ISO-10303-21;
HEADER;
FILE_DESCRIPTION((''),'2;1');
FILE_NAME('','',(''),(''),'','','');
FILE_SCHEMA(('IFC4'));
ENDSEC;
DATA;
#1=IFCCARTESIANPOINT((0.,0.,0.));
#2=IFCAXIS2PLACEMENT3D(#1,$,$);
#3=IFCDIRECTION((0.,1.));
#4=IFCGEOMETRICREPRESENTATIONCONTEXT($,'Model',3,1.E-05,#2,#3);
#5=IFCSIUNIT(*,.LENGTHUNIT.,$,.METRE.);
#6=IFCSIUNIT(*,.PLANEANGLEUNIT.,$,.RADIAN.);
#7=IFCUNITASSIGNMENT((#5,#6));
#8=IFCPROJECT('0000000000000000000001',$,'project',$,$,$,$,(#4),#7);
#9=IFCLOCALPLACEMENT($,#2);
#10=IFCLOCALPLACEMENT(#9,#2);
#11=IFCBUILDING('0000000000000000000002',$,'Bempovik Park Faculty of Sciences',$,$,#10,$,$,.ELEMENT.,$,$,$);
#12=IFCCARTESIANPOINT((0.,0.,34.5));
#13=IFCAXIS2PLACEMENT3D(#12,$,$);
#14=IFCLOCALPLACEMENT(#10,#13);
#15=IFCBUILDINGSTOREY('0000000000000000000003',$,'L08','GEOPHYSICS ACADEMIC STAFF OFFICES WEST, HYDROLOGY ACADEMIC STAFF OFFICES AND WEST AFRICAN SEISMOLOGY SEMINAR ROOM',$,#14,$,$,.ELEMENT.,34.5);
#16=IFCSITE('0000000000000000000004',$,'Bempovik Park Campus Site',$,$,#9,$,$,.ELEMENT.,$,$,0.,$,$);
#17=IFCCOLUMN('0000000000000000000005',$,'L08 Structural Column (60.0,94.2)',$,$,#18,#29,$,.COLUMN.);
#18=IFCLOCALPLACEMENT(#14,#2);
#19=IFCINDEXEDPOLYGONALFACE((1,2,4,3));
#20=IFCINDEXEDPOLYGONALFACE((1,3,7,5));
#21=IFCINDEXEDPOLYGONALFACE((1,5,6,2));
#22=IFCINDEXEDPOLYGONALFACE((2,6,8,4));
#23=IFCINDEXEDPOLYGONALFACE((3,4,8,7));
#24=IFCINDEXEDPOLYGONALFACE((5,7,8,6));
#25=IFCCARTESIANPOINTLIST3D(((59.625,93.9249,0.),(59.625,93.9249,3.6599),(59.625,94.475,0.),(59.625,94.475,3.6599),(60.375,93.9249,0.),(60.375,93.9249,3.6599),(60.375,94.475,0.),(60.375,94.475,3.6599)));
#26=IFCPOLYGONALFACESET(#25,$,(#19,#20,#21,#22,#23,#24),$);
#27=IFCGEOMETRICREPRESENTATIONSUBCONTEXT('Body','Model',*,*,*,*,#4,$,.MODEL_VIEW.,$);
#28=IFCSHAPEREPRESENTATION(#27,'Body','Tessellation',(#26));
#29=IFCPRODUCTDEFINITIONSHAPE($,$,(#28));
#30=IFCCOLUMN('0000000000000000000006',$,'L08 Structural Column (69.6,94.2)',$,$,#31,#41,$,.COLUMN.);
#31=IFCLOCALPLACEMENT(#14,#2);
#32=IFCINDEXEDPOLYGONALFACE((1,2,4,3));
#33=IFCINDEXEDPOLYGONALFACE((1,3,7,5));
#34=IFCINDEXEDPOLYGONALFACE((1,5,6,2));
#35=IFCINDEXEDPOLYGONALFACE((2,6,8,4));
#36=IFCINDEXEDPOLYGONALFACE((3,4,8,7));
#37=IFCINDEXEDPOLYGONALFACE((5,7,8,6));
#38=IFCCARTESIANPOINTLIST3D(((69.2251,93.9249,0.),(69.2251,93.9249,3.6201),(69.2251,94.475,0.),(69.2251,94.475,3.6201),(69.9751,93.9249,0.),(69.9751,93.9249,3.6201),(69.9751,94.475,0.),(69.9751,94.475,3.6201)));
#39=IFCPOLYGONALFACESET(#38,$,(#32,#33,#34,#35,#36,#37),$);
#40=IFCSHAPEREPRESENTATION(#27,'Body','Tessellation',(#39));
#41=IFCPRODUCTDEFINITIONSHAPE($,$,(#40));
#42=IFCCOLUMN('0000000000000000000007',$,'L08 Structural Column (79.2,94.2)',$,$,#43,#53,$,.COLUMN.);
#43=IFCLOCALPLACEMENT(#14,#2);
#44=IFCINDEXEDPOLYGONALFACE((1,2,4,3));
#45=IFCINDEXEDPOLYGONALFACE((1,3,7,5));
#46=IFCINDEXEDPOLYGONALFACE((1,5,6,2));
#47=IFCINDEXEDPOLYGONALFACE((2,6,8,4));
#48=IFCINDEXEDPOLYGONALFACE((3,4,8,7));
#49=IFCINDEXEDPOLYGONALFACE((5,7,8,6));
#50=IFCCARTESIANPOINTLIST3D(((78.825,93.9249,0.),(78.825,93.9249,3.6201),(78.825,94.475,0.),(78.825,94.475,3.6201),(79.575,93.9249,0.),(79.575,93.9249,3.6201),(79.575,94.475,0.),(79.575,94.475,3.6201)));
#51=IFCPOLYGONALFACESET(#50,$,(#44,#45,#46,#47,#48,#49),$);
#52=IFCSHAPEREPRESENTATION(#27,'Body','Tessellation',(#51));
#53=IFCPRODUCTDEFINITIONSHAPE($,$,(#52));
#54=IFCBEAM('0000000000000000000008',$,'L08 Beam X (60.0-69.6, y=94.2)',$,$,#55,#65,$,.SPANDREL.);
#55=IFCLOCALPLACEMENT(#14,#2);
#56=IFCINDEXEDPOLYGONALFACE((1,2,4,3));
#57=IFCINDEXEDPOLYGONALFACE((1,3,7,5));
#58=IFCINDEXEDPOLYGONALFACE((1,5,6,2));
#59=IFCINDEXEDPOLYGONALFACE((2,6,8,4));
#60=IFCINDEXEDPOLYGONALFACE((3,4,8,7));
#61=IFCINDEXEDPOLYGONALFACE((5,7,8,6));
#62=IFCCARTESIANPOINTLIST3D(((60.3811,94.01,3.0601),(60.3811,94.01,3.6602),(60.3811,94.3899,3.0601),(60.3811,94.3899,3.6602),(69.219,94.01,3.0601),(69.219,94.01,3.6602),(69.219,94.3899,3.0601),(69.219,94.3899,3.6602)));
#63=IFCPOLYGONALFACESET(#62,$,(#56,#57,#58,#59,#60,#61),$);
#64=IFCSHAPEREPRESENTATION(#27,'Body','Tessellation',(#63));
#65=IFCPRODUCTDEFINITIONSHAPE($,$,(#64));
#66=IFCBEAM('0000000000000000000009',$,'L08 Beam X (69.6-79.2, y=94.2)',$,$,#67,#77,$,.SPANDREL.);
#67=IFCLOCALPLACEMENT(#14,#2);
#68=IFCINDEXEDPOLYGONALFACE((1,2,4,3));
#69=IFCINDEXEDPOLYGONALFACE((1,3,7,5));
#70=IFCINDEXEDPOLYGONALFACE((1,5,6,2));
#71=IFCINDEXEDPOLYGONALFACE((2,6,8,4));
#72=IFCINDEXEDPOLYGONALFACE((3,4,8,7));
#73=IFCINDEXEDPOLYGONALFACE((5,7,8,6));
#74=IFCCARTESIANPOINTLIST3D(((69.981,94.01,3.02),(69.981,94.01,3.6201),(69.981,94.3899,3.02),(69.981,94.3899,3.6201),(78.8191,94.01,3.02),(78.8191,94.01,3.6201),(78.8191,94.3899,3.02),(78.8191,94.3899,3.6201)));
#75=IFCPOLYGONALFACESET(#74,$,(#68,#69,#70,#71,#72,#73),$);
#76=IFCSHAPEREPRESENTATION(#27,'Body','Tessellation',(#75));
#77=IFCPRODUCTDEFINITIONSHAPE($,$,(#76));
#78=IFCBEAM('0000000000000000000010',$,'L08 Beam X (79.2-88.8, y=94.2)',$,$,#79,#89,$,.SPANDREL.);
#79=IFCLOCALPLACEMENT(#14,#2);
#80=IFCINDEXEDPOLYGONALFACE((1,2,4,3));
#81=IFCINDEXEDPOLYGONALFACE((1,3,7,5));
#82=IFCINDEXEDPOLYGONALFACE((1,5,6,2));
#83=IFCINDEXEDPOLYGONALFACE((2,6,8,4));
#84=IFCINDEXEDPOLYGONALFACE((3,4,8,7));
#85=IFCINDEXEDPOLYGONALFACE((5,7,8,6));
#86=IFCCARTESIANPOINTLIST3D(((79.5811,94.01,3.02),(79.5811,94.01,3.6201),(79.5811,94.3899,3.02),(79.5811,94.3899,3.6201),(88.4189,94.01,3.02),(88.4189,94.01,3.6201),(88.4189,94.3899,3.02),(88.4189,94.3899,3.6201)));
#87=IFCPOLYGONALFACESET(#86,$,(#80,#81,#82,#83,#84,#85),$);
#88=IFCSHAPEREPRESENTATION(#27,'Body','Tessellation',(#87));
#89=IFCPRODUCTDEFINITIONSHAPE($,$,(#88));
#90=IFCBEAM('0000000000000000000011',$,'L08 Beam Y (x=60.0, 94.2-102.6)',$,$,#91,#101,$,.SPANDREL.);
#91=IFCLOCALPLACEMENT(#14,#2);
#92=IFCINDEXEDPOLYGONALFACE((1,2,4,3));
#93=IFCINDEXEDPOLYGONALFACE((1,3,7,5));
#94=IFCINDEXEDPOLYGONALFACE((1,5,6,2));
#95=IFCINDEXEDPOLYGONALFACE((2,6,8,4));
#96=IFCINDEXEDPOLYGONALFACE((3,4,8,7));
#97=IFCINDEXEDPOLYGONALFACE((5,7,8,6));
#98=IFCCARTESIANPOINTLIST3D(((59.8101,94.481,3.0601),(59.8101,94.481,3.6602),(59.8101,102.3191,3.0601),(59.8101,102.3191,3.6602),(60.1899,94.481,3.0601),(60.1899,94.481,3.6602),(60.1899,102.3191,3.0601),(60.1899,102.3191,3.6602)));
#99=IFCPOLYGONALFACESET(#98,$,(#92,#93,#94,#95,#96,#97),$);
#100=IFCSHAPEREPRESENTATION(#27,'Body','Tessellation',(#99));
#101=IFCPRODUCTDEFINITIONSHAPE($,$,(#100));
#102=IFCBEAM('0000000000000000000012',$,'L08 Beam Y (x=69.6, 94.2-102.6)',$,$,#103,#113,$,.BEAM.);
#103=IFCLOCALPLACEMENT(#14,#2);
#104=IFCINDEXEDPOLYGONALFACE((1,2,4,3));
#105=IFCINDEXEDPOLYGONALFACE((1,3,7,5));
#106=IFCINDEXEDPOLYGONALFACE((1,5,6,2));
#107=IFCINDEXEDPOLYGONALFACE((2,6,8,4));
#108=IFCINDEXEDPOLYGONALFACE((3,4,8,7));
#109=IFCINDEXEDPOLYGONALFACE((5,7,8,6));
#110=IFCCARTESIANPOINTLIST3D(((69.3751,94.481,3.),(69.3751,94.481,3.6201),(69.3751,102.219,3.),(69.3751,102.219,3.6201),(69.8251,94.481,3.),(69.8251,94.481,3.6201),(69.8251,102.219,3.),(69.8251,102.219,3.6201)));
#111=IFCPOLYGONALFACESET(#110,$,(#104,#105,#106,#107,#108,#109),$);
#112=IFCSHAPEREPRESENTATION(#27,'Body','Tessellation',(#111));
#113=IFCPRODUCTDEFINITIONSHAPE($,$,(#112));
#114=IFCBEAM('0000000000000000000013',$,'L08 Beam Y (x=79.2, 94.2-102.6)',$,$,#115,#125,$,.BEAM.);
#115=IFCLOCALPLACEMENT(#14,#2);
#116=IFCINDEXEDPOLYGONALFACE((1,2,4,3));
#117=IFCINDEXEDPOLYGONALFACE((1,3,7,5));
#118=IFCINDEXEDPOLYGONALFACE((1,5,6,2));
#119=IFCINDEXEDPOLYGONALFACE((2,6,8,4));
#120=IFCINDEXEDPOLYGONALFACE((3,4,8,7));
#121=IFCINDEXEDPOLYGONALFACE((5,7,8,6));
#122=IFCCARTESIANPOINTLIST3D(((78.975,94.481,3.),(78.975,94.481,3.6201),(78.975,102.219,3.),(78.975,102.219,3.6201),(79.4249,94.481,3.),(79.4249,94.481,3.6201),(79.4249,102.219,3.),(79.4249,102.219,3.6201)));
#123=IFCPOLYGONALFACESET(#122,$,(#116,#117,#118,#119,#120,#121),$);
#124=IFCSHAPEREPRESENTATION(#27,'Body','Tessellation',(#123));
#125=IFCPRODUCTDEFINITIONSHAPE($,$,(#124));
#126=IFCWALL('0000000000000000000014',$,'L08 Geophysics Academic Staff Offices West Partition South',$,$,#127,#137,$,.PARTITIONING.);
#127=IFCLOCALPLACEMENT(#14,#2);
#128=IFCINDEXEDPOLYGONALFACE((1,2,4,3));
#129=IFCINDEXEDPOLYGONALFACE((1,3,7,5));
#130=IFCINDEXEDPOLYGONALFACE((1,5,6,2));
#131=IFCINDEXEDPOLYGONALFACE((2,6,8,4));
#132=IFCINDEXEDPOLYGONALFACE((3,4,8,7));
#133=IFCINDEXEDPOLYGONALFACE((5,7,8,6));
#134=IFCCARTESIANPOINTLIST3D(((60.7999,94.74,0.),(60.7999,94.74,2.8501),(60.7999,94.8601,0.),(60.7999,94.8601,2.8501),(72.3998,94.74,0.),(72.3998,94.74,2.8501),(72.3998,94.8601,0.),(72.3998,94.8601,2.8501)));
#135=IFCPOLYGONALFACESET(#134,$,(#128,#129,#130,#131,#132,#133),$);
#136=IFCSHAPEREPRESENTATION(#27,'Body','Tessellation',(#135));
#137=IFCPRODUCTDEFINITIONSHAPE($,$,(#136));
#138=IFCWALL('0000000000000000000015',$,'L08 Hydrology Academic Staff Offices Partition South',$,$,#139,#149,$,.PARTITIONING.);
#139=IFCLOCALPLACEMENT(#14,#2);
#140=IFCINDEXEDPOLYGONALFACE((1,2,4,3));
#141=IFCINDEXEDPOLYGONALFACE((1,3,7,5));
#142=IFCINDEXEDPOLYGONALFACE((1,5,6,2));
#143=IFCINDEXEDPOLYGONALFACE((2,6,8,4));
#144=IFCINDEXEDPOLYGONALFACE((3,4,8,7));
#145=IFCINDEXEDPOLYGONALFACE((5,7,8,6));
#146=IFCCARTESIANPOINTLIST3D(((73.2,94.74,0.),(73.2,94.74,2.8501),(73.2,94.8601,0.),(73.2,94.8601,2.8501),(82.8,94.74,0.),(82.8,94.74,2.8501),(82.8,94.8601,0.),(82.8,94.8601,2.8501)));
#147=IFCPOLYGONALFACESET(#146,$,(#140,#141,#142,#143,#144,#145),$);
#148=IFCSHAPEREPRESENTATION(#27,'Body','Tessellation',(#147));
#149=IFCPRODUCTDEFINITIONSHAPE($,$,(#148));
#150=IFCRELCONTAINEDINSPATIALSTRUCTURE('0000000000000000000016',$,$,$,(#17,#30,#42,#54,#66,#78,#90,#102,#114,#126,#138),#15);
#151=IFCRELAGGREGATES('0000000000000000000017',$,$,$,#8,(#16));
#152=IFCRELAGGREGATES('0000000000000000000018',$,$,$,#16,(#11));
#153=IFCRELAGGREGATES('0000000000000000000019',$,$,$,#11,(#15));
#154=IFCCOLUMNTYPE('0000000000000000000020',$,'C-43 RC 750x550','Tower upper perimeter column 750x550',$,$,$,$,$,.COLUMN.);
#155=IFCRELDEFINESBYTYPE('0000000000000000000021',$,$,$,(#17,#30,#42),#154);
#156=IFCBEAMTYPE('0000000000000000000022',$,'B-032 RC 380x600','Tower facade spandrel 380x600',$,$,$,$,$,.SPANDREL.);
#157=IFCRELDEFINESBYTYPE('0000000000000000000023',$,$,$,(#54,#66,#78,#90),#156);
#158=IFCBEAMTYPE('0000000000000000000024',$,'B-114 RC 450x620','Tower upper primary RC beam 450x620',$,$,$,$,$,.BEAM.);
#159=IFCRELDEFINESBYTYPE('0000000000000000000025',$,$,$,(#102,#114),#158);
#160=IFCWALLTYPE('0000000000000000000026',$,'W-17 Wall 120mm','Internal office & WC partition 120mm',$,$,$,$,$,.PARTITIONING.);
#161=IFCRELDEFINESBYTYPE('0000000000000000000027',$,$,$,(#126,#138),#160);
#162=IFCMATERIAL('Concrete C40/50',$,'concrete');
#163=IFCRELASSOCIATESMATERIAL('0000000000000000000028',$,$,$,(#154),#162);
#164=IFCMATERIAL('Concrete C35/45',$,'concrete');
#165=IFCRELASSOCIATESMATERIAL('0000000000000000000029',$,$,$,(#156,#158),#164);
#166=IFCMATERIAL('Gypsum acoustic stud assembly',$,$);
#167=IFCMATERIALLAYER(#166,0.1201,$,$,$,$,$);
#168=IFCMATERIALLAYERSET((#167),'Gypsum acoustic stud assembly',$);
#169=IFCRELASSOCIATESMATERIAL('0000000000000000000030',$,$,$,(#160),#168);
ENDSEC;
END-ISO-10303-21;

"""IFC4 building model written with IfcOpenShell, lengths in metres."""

from ifc_helpers import new_model, si_unit, direction, frame, frame_2d, origin, origin_2d, place, context, subcontext, project, spatial, rectangle, extrude, material, layer, layer_set, material_profile, profile_set, type_object, element, save


model = new_model("IFC4")

# Units and contexts
model_context = context("Model", 3, precision=1e-05, world=origin(), true_north=direction((0.0, 1.0)))
body_context = subcontext(model_context, "Body", "Model", "MODEL_VIEW")
ifc_project = project(units=[si_unit("LENGTHUNIT", "METRE"), si_unit("PLANEANGLEUNIT", "RADIAN")], contexts=[model_context])

# Site, building, storey
site_placement = place(None, origin())
site = spatial("IfcSite", under=ifc_project, at=site_placement, Name="Bempovik Park Campus Site", CompositionType="ELEMENT", RefElevation=0.0)
building_placement = place(site_placement, origin())
building = spatial("IfcBuilding", under=site, at=building_placement, Name="Bempovik Park Faculty of Sciences", CompositionType="ELEMENT")
storey_placement = place(building_placement, frame((0.0, 0.0, 34.5)))
storey = spatial("IfcBuildingStorey", under=building, at=storey_placement, Name="L08", Description="GEOPHYSICS ACADEMIC STAFF OFFICES WEST, HYDROLOGY ACADEMIC STAFF OFFICES AND WEST AFRICAN SEISMOLOGY SEMINAR ROOM", CompositionType="ELEMENT", Elevation=34.5)

# Columns
ifc_material_1 = material(Name="Concrete C40/50", Category="concrete")
ifc_material_profile_1 = material_profile(ifc_material_1, rectangle(XDim=0.75, YDim=0.55, at=origin_2d()), Name="RC 750x550")
ifc_profile_set_1 = profile_set([ifc_material_profile_1], Name="Concrete C40/50")
column_type = type_object("IfcColumnType", Name="C-43 RC 750x550", Description="Tower upper perimeter column 750x550", PredefinedType="COLUMN", material=ifc_profile_set_1)
column_placement = place(storey_placement, frame((60.0, 94.2, 0.0), z_axis=(0.0, 0.0, 1.0), x_axis=(1.0, 0.0, 0.0)))
element("IfcColumn", 1, at=column_placement, inside=storey, type_object=column_type, Name="L08 Structural Column (60.0,94.2)", PredefinedType="COLUMN", context=body_context, shape_type="SweptSolid", body=[
    extrude(rectangle(XDim=0.75, YDim=0.55, at=origin_2d()), origin(), (0.0, 0.0, 1.0), 3.6599),
])
for number, where, z_axis, x_axis, name in (
    (2, (69.6001, 94.2, 0.0), (0.0, 0.0, 1.0), (1.0, 0.0, 0.0), "L08 Structural Column (69.6,94.2)"),
    (3, (79.2, 94.2, 0.0), (0.0, 0.0, 1.0), (1.0, 0.0, 0.0), "L08 Structural Column (79.2,94.2)"),
):
    element("IfcColumn", number, at=place(storey_placement, frame(where, z_axis=z_axis, x_axis=x_axis)), inside=storey, type_object=column_type, Name=name, PredefinedType="COLUMN", context=body_context, shape_type="SweptSolid", body=[
        extrude(rectangle(XDim=0.75, YDim=0.55, at=origin_2d()), origin(), (0.0, 0.0, 1.0), 3.6201),
    ])

# Beams
ifc_material_2 = material(Name="Concrete C35/45", Category="concrete")
ifc_material_profile_2 = material_profile(ifc_material_2, rectangle(XDim=0.3799, YDim=0.6001, at=origin_2d()), Name="RC 380x600")
ifc_profile_set_2 = profile_set([ifc_material_profile_2], Name="Concrete C35/45")
beam_type_1 = type_object("IfcBeamType", Name="B-032 RC 380x600", Description="Tower facade spandrel 380x600", PredefinedType="SPANDREL", material=ifc_profile_set_2)
beam_1_placement = place(storey_placement, frame((60.3811, 94.2, 3.3601), z_axis=(1.0, 0.0, 0.0), x_axis=(0.0, 1.0, 0.0)))
element("IfcBeam", 4, at=beam_1_placement, inside=storey, type_object=beam_type_1, Name="L08 Beam X (60.0-69.6, y=94.2)", PredefinedType="SPANDREL", context=body_context, shape_type="SweptSolid", body=[
    extrude(rectangle(XDim=0.3799, YDim=0.6001, at=origin_2d()), origin(), (0.0, 0.0, 1.0), 8.8379),
])
beam_2_placement = place(storey_placement, frame((69.981, 94.2, 3.3201), z_axis=(1.0, 0.0, 0.0), x_axis=(0.0, 1.0, 0.0)))
element("IfcBeam", 5, at=beam_2_placement, inside=storey, type_object=beam_type_1, Name="L08 Beam X (69.6-79.2, y=94.2)", PredefinedType="SPANDREL", context=body_context, shape_type="SweptSolid", body=[
    extrude(rectangle(XDim=0.3799, YDim=0.6001, at=origin_2d()), origin(), (0.0, 0.0, 1.0), 8.8381),
])
beam_3_placement = place(storey_placement, frame((79.5811, 94.2, 3.3201), z_axis=(1.0, 0.0, 0.0), x_axis=(0.0, 1.0, 0.0)))
element("IfcBeam", 6, at=beam_3_placement, inside=storey, type_object=beam_type_1, Name="L08 Beam X (79.2-88.8, y=94.2)", PredefinedType="SPANDREL", context=body_context, shape_type="SweptSolid", body=[
    extrude(rectangle(XDim=0.3799, YDim=0.6001, at=origin_2d()), origin(), (0.0, 0.0, 1.0), 8.8379),
])
beam_4_placement = place(storey_placement, frame((60.0, 94.481, 3.3601), z_axis=(0.0, 1.0, 0.0), x_axis=(-1.0, 0.0, 0.0)))
element("IfcBeam", 7, at=beam_4_placement, inside=storey, type_object=beam_type_1, Name="L08 Beam Y (x=60.0, 94.2-102.6)", PredefinedType="SPANDREL", context=body_context, shape_type="SweptSolid", body=[
    extrude(rectangle(XDim=0.3799, YDim=0.6001, at=origin_2d()), origin(), (0.0, 0.0, 1.0), 7.8381),
])
ifc_material_profile_3 = material_profile(ifc_material_2, rectangle(XDim=0.45, YDim=0.6201, at=origin_2d()), Name="RC 450x620")
ifc_profile_set_3 = profile_set([ifc_material_profile_3], Name="Concrete C35/45")
beam_type_2 = type_object("IfcBeamType", Name="B-114 RC 450x620", Description="Tower upper primary RC beam 450x620", PredefinedType="BEAM", material=ifc_profile_set_3)
for number, where, z_axis, x_axis, name in (
    (8, (69.6001, 94.481, 3.3101), (0.0, 1.0, 0.0), (-1.0, 0.0, 0.0), "L08 Beam Y (x=69.6, 94.2-102.6)"),
    (9, (79.2, 94.481, 3.3101), (0.0, 1.0, 0.0), (-1.0, 0.0, 0.0), "L08 Beam Y (x=79.2, 94.2-102.6)"),
):
    element("IfcBeam", number, at=place(storey_placement, frame(where, z_axis=z_axis, x_axis=x_axis)), inside=storey, type_object=beam_type_2, Name=name, PredefinedType="BEAM", context=body_context, shape_type="SweptSolid", body=[
        extrude(rectangle(XDim=0.45, YDim=0.6201, at=origin_2d()), origin(), (0.0, 0.0, 1.0), 7.738),
    ])

# Walls
ifc_material_3 = material(Name="Gypsum acoustic stud assembly")
ifc_layer_1 = layer(ifc_material_3, 0.1201)
ifc_layer_set_1 = layer_set([ifc_layer_1], Name="Gypsum acoustic stud assembly")
wall_type_1 = type_object("IfcWallType", Name="W-17 Wall 120mm", Description="Internal office & WC partition 120mm", PredefinedType="PARTITIONING", material=ifc_layer_set_1)
wall_1_placement = place(storey_placement, frame((60.8, 94.8, 0.0), z_axis=(0.0, 0.0, 1.0), x_axis=(1.0, 0.0, 0.0)))
element("IfcWall", 10, at=wall_1_placement, inside=storey, type_object=wall_type_1, Name="L08 Geophysics Academic Staff Offices West Partition South", PredefinedType="PARTITIONING", context=body_context, shape_type="SweptSolid", body=[
    extrude(rectangle(XDim=11.5999, YDim=0.1201, at=frame_2d((5.7998, 0.0))), origin(), (0.0, 0.0, 1.0), 2.8501),
])
wall_2_placement = place(storey_placement, frame((73.2, 94.8, 0.0), z_axis=(0.0, 0.0, 1.0), x_axis=(1.0, 0.0, 0.0)))
element("IfcWall", 11, at=wall_2_placement, inside=storey, type_object=wall_type_1, Name="L08 Hydrology Academic Staff Offices Partition South", PredefinedType="PARTITIONING", context=body_context, shape_type="SweptSolid", body=[
    extrude(rectangle(XDim=9.6001, YDim=0.1201, at=frame_2d((4.8, 0.0))), origin(), (0.0, 0.0, 1.0), 2.8501),
])

save(model, "model.ifc")
